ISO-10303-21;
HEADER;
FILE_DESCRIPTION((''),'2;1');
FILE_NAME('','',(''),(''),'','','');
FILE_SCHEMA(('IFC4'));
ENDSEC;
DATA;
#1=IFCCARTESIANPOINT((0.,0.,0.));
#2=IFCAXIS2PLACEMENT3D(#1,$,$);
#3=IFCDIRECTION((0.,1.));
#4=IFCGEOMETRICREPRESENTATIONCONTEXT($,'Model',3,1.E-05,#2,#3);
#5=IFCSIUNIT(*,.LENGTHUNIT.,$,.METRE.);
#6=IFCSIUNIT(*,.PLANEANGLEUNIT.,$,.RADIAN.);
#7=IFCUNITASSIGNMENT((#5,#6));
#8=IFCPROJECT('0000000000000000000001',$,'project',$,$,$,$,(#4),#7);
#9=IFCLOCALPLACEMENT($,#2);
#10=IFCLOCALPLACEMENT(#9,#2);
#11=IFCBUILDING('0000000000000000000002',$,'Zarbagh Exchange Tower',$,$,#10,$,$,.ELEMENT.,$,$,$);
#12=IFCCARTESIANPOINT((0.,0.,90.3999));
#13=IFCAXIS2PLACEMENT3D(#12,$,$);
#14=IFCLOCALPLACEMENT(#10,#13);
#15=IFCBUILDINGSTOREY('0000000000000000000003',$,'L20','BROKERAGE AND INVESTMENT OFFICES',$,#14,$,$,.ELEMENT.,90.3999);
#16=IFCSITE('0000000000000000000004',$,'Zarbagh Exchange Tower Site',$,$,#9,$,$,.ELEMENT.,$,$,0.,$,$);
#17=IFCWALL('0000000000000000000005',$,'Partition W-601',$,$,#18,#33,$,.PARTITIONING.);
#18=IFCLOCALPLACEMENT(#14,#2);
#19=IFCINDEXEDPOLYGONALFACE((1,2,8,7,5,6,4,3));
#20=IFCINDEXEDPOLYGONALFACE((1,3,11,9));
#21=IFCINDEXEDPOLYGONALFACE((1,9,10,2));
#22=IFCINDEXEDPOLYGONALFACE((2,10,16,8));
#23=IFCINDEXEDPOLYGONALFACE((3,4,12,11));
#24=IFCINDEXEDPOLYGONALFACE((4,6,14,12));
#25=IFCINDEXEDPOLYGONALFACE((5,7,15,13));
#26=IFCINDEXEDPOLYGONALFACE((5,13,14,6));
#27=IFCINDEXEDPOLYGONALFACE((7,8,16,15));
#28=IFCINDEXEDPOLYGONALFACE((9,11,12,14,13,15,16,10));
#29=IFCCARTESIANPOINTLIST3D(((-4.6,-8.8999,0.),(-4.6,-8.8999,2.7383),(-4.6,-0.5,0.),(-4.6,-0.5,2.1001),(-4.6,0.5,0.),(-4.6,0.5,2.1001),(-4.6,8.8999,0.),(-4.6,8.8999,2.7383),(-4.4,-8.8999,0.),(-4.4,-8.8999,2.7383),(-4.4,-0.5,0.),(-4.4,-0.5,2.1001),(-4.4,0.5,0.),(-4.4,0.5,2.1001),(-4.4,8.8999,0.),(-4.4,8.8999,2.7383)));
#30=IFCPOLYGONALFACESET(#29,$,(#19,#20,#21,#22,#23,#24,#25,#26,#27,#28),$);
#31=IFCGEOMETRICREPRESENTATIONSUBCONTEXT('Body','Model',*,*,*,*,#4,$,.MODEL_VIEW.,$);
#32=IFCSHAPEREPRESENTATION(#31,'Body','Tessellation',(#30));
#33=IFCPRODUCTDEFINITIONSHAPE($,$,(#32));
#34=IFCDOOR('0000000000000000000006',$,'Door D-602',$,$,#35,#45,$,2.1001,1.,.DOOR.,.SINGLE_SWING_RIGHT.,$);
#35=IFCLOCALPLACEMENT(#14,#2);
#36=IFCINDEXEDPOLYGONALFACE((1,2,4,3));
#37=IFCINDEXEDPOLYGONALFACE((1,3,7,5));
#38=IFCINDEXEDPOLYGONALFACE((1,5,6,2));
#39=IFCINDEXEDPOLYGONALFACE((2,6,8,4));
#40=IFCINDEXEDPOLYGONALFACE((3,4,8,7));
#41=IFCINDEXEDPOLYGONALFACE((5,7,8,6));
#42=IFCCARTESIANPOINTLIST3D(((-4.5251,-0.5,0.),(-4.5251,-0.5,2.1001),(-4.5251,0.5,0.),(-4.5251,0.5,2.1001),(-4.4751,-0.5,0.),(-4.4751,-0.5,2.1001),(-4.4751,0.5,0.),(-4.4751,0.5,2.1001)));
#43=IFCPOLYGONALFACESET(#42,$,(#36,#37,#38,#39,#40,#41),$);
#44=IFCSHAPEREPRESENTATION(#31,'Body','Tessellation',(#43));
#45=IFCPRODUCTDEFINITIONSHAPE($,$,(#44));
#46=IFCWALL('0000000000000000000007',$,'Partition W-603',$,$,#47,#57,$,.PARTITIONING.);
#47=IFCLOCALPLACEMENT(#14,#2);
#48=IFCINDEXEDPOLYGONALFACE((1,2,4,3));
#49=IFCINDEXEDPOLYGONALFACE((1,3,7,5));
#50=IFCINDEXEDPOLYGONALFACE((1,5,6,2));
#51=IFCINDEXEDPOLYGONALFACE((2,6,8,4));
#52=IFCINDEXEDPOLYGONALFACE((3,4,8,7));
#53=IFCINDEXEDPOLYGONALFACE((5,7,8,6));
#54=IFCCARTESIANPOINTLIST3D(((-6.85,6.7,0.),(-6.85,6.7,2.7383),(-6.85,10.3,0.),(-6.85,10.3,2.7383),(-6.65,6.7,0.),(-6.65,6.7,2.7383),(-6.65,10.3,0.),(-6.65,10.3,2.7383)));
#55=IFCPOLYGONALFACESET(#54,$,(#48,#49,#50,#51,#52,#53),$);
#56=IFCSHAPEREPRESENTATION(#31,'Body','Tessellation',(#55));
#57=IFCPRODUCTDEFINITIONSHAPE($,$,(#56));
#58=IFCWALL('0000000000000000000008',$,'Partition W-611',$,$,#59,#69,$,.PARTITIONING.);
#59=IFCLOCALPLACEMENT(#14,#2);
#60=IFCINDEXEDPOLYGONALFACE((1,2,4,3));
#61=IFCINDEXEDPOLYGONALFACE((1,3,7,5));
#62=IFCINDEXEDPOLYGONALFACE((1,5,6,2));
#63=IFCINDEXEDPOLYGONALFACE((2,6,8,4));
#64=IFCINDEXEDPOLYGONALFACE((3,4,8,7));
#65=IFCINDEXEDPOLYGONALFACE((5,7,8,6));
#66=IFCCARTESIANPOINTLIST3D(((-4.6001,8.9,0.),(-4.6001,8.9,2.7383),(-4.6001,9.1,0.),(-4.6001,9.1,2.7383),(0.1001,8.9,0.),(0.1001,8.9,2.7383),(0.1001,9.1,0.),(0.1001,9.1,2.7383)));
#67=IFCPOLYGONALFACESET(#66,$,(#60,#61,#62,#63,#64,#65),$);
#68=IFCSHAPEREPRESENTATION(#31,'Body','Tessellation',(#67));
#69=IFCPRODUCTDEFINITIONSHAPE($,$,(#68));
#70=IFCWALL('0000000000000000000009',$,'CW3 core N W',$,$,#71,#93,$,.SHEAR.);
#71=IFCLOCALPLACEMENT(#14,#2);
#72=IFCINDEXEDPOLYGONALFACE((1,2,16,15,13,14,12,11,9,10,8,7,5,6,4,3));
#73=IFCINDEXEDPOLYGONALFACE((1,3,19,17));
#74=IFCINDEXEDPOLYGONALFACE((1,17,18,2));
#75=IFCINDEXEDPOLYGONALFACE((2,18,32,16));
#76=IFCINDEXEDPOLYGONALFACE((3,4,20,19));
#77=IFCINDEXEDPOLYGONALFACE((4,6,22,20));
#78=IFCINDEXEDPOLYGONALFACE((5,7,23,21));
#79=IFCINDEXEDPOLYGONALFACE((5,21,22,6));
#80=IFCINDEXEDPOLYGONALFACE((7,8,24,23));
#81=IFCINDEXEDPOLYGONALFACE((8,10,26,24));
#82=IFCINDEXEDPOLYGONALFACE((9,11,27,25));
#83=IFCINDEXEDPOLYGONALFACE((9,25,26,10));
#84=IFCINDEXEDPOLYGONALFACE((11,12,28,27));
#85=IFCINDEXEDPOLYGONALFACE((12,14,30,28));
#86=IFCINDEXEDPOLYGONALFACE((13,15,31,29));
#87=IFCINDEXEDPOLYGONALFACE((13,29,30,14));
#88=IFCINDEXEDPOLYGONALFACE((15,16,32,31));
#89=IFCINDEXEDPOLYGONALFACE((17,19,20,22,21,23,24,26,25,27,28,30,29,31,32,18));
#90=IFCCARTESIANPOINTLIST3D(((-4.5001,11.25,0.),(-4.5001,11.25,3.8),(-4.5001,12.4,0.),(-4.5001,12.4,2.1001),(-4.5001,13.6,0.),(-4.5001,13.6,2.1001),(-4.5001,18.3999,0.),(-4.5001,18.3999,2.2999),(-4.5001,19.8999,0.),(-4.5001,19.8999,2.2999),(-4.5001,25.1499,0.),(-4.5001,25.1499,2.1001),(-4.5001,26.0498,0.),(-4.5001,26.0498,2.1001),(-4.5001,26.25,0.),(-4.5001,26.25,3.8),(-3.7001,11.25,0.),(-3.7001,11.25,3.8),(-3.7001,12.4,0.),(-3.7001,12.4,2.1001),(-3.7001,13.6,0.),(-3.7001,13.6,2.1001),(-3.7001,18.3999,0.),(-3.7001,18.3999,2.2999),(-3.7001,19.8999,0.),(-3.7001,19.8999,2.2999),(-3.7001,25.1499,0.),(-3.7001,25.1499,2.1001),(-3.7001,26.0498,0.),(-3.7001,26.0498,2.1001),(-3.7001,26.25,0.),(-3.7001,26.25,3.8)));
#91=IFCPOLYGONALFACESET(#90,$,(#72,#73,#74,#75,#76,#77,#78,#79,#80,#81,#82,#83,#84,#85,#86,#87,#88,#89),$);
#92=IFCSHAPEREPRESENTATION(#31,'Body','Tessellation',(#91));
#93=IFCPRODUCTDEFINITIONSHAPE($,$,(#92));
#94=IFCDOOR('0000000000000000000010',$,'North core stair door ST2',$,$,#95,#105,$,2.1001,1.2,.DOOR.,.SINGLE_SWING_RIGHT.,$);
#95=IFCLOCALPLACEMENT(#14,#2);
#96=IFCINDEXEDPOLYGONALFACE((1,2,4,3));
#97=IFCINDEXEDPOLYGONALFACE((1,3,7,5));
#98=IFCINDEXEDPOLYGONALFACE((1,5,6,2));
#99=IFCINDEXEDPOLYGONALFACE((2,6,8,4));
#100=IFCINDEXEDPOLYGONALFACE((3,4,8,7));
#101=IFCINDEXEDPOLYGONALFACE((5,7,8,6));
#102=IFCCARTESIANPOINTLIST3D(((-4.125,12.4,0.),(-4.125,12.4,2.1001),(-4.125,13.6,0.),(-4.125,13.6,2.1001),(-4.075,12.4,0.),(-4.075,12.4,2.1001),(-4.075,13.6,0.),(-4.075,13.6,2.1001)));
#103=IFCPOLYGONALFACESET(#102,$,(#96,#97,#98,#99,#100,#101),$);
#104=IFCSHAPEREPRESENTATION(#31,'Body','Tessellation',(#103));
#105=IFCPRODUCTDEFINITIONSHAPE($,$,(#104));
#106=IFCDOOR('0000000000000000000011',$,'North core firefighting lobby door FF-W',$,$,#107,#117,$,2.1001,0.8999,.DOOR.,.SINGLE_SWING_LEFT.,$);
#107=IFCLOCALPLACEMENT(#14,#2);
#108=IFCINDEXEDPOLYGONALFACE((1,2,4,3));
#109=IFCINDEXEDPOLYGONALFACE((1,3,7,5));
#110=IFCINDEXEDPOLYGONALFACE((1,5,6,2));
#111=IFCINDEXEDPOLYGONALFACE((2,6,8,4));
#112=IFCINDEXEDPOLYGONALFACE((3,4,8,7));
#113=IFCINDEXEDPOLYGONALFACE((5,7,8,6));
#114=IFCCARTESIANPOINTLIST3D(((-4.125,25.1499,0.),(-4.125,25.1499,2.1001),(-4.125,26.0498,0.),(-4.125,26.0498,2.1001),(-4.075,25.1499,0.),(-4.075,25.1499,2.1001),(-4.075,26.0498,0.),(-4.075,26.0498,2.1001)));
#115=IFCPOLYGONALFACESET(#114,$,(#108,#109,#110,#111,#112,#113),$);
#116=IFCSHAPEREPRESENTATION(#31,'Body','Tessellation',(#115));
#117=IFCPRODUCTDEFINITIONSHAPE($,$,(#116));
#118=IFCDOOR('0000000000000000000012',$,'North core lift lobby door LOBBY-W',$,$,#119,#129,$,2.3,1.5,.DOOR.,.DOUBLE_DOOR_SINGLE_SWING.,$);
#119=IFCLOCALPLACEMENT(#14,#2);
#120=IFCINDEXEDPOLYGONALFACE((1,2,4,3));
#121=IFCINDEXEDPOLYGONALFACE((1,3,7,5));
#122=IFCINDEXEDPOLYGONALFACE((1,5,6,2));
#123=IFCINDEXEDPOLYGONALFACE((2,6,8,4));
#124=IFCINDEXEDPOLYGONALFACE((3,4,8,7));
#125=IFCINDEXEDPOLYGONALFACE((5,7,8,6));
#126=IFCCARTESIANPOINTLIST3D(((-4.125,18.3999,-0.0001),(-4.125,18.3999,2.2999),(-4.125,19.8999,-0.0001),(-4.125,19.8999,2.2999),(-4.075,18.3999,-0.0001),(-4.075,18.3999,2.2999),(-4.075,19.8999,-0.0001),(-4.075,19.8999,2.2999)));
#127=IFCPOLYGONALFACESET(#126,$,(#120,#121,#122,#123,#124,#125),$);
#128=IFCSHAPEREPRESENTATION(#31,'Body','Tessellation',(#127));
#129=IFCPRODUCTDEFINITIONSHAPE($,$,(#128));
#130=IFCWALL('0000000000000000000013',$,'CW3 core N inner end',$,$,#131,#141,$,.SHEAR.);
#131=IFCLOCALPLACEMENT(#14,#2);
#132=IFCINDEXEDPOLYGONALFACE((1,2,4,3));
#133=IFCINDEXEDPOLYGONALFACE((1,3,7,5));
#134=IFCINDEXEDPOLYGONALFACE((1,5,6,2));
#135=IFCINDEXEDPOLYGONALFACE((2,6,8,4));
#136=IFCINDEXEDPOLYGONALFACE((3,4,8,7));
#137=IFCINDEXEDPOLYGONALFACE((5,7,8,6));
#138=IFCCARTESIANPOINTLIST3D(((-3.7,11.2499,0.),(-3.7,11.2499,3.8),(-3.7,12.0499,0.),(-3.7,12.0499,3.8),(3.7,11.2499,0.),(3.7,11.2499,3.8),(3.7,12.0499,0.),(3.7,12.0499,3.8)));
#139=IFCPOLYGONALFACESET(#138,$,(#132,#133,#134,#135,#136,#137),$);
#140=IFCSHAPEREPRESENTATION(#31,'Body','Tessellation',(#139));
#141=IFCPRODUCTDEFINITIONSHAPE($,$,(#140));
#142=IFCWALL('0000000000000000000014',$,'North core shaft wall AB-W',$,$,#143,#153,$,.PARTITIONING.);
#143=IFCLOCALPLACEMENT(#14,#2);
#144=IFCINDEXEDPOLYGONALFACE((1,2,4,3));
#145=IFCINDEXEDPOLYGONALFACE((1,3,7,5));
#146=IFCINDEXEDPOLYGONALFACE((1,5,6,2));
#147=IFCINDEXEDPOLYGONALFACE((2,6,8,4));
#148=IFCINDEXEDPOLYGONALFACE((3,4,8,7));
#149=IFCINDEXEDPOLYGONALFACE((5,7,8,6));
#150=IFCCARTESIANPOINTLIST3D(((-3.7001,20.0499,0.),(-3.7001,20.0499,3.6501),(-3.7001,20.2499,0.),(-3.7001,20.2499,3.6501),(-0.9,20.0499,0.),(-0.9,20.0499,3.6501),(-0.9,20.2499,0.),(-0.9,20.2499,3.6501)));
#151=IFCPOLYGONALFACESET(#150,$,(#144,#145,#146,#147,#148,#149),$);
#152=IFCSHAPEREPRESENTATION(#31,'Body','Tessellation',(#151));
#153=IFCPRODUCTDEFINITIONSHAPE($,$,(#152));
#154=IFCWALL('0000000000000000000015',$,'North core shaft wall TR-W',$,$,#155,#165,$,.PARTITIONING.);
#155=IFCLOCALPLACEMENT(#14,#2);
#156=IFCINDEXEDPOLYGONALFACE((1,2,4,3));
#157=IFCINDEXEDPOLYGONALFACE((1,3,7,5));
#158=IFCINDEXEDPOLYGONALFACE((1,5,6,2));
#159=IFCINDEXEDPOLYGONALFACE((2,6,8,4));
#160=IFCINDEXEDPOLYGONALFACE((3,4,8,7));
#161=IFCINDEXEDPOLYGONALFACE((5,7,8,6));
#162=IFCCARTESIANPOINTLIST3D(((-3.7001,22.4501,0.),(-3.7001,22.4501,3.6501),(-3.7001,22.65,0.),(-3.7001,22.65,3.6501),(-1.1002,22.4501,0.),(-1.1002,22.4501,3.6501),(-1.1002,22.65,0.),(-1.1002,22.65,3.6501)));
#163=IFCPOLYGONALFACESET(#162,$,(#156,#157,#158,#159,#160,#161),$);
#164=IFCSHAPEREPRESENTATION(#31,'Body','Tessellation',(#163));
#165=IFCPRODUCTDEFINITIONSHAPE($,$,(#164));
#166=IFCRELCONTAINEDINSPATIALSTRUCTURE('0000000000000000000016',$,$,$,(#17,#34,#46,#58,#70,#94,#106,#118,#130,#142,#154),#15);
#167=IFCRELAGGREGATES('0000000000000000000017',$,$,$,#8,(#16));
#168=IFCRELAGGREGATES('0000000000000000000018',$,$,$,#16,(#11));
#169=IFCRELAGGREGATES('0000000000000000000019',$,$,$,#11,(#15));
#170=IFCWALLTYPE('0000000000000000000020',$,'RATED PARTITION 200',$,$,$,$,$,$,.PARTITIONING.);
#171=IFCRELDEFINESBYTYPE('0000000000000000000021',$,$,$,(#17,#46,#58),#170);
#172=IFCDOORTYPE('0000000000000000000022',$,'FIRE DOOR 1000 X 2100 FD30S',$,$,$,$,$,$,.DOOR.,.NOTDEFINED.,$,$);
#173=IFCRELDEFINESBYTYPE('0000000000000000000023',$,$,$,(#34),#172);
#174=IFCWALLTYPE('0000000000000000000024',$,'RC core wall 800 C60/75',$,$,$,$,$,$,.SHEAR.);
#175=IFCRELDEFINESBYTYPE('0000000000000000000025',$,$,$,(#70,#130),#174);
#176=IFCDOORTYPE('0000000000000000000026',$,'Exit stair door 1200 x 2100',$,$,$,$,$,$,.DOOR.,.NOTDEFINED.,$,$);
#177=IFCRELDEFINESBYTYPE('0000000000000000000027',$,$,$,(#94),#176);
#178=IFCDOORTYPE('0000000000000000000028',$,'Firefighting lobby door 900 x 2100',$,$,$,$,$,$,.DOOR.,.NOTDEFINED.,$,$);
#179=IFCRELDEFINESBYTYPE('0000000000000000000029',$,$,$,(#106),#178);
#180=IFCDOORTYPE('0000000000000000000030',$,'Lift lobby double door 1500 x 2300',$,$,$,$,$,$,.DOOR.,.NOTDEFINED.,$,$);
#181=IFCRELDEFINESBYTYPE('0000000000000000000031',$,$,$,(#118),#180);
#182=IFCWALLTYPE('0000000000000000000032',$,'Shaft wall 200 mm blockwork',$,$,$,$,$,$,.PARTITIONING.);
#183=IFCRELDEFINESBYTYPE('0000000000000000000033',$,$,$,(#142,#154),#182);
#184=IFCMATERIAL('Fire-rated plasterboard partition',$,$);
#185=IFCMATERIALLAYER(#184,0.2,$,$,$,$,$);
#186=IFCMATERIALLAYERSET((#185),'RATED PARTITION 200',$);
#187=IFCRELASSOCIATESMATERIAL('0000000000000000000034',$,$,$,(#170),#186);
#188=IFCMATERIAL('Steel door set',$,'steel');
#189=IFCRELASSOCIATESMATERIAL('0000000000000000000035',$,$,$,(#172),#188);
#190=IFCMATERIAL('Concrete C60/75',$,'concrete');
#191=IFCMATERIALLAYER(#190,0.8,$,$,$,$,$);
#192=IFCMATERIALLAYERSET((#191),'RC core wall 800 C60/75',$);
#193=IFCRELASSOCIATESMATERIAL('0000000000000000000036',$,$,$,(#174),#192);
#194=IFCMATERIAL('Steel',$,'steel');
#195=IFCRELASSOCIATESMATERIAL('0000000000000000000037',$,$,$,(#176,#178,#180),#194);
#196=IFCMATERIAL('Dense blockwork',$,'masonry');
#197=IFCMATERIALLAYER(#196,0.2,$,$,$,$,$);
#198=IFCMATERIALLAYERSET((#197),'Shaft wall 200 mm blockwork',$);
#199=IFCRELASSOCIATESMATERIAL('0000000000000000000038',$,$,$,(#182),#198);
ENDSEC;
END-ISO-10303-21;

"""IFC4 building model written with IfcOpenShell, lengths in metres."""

from ifc_helpers import new_model, si_unit, direction, frame, frame_2d, origin, place, context, subcontext, project, spatial, rectangle, extrude, material, layer, layer_set, type_object, element, fill, save


model = new_model("IFC4")

# Units and contexts
model_context = context("Model", 3, precision=1e-05, world=origin(), true_north=direction((0.0, 1.0)))
body_context = subcontext(model_context, "Body", "Model", "MODEL_VIEW")
ifc_project = project(units=[si_unit("LENGTHUNIT", "METRE"), si_unit("PLANEANGLEUNIT", "RADIAN")], contexts=[model_context])

# Site, building, storey
site_placement = place(None, origin())
site = spatial("IfcSite", under=ifc_project, at=site_placement, Name="Zarbagh Exchange Tower Site", CompositionType="ELEMENT", RefElevation=0.0)
building_placement = place(site_placement, origin())
building = spatial("IfcBuilding", under=site, at=building_placement, Name="Zarbagh Exchange Tower", CompositionType="ELEMENT")
storey_placement = place(building_placement, frame((0.0, 0.0, 90.3999)))
storey = spatial("IfcBuildingStorey", under=building, at=storey_placement, Name="L20", Description="BROKERAGE AND INVESTMENT OFFICES", CompositionType="ELEMENT", Elevation=90.3999)

# Shared definitions
ifc_material_1 = material(Name="Concrete C60/75", Category="concrete")

# Wall, opening, door
ifc_material_2 = material(Name="Fire-rated plasterboard partition")
ifc_layer_1 = layer(ifc_material_2, 0.2)
ifc_layer_set_1 = layer_set([ifc_layer_1], Name="RATED PARTITION 200")
wall_type_1 = type_object("IfcWallType", Name="RATED PARTITION 200", PredefinedType="PARTITIONING", material=ifc_layer_set_1)
wall_1_placement = place(storey_placement, frame((-4.5, 8.8999, 0.0), z_axis=(0.0, 0.0, 1.0), x_axis=(0.0, -1.0, 0.0)))
wall_1 = element("IfcWall", 1, at=wall_1_placement, inside=storey, type_object=wall_type_1, Name="Partition W-601", PredefinedType="PARTITIONING", context=body_context, shape_type="SweptSolid", body=[
    extrude(rectangle(XDim=17.7998, YDim=0.2, at=frame_2d((8.8999, 0.0))), origin(), (0.0, 0.0, 1.0), 2.7383),
])
opening_1_placement = place(wall_1_placement, frame((8.3999, 0.0, 0.0)))
opening_1 = element("IfcOpeningElement", 2, at=opening_1_placement, cuts=wall_1, PredefinedType="OPENING", context=body_context, shape_type="SweptSolid", body=[
    extrude(rectangle(XDim=1.0, YDim=2.1001, at=frame_2d((0.5, 1.05))), frame((0.0, 0.1099, 0.0), z_axis=(0.0, -1.0, 0.0), x_axis=(1.0, 0.0, 0.0)), (0.0, 0.0, 1.0), 0.22),
])
ifc_material_3 = material(Name="Steel door set", Category="steel")
door_type_1 = type_object("IfcDoorType", Name="FIRE DOOR 1000 X 2100 FD30S", OperationType="NOTDEFINED", PredefinedType="DOOR", material=ifc_material_3)
door_1_placement = place(opening_1_placement, origin())
door_1 = element("IfcDoor", 3, at=door_1_placement, inside=storey, type_object=door_type_1, Name="Door D-602", OperationType="SINGLE_SWING_RIGHT", OverallHeight=2.1001, OverallWidth=1.0, PredefinedType="DOOR", context=body_context, shape_type="SweptSolid", body=[
    extrude(rectangle(XDim=1.0, YDim=2.1001, at=frame_2d((0.5, 1.05))), frame((0.0, 0.0249, 0.0), z_axis=(0.0, -1.0, 0.0), x_axis=(1.0, 0.0, 0.0)), (0.0, 0.0, 1.0), 0.05),
])
fill(opening_1, door_1)

# Walls
wall_2_placement = place(storey_placement, frame((-6.75, 6.7, 0.0), z_axis=(0.0, 0.0, 1.0), x_axis=(0.0, 1.0, 0.0)))
element("IfcWall", 4, at=wall_2_placement, inside=storey, type_object=wall_type_1, Name="Partition W-603", PredefinedType="PARTITIONING", context=body_context, shape_type="SweptSolid", body=[
    extrude(rectangle(XDim=3.6001, YDim=0.2, at=frame_2d((1.8, 0.0))), origin(), (0.0, 0.0, 1.0), 2.7383),
])
wall_3_placement = place(storey_placement, frame((-4.6001, 9.0, 0.0), z_axis=(0.0, 0.0, 1.0), x_axis=(1.0, 0.0, 0.0)))
element("IfcWall", 5, at=wall_3_placement, inside=storey, type_object=wall_type_1, Name="Partition W-611", PredefinedType="PARTITIONING", context=body_context, shape_type="SweptSolid", body=[
    extrude(rectangle(XDim=4.7002, YDim=0.2, at=frame_2d((2.3501, 0.0))), origin(), (0.0, 0.0, 1.0), 2.7383),
])

# Wall, openings, doors
ifc_layer_2 = layer(ifc_material_1, 0.8)
ifc_layer_set_2 = layer_set([ifc_layer_2], Name="RC core wall 800 C60/75")
wall_type_2 = type_object("IfcWallType", Name="RC core wall 800 C60/75", PredefinedType="SHEAR", material=ifc_layer_set_2)
wall_4_placement = place(storey_placement, frame((-4.1001, 11.25, 0.0), z_axis=(0.0, 0.0, 1.0), x_axis=(0.0, 1.0, 0.0)))
wall_4 = element("IfcWall", 6, at=wall_4_placement, inside=storey, type_object=wall_type_2, Name="CW3 core N W", PredefinedType="SHEAR", context=body_context, shape_type="SweptSolid", body=[
    extrude(rectangle(XDim=15.0, YDim=0.8, at=frame_2d((7.5, 0.0))), origin(), (0.0, 0.0, 1.0), 3.8),
])
opening_2_placement = place(wall_4_placement, frame((7.1499, 0.0, 0.0)))
opening_2 = element("IfcOpeningElement", 7, at=opening_2_placement, cuts=wall_4, PredefinedType="OPENING", context=body_context, shape_type="SweptSolid", body=[
    extrude(rectangle(XDim=1.5, YDim=2.3, at=frame_2d((0.75, 1.1499))), frame((0.0, 0.4099, 0.0), z_axis=(0.0, -1.0, 0.0), x_axis=(1.0, 0.0, 0.0)), (0.0, 0.0, 1.0), 0.8201),
])
opening_3_placement = place(wall_4_placement, frame((13.8999, 0.0, 0.0)))
opening_3 = element("IfcOpeningElement", 8, at=opening_3_placement, cuts=wall_4, PredefinedType="OPENING", context=body_context, shape_type="SweptSolid", body=[
    extrude(rectangle(XDim=0.8999, YDim=2.1001, at=frame_2d((0.45, 1.05))), frame((0.0, 0.4099, 0.0), z_axis=(0.0, -1.0, 0.0), x_axis=(1.0, 0.0, 0.0)), (0.0, 0.0, 1.0), 0.8201),
])
opening_4_placement = place(wall_4_placement, frame((1.1499, 0.0, 0.0)))
opening_4 = element("IfcOpeningElement", 9, at=opening_4_placement, cuts=wall_4, PredefinedType="OPENING", context=body_context, shape_type="SweptSolid", body=[
    extrude(rectangle(XDim=1.2, YDim=2.1001, at=frame_2d((0.6001, 1.05))), frame((0.0, 0.4099, 0.0), z_axis=(0.0, -1.0, 0.0), x_axis=(1.0, 0.0, 0.0)), (0.0, 0.0, 1.0), 0.8201),
])
ifc_material_4 = material(Name="Steel", Category="steel")
door_type_2 = type_object("IfcDoorType", Name="Exit stair door 1200 x 2100", OperationType="NOTDEFINED", PredefinedType="DOOR", material=ifc_material_4)
door_2_placement = place(opening_4_placement, origin())
door_2 = element("IfcDoor", 10, at=door_2_placement, inside=storey, type_object=door_type_2, Name="North core stair door ST2", OperationType="SINGLE_SWING_RIGHT", OverallHeight=2.1001, OverallWidth=1.2, PredefinedType="DOOR", context=body_context, shape_type="SweptSolid", body=[
    extrude(rectangle(XDim=1.2, YDim=2.1001, at=frame_2d((0.6001, 1.05))), frame((0.0, 0.0249, 0.0), z_axis=(0.0, -1.0, 0.0), x_axis=(1.0, 0.0, 0.0)), (0.0, 0.0, 1.0), 0.05),
])
fill(opening_4, door_2)
door_type_3 = type_object("IfcDoorType", Name="Firefighting lobby door 900 x 2100", OperationType="NOTDEFINED", PredefinedType="DOOR", material=ifc_material_4)
door_3_placement = place(opening_3_placement, origin())
door_3 = element("IfcDoor", 11, at=door_3_placement, inside=storey, type_object=door_type_3, Name="North core firefighting lobby door FF-W", OperationType="SINGLE_SWING_LEFT", OverallHeight=2.1001, OverallWidth=0.8999, PredefinedType="DOOR", context=body_context, shape_type="SweptSolid", body=[
    extrude(rectangle(XDim=0.8999, YDim=2.1001, at=frame_2d((0.45, 1.05))), frame((0.0, 0.0249, 0.0), z_axis=(0.0, -1.0, 0.0), x_axis=(1.0, 0.0, 0.0)), (0.0, 0.0, 1.0), 0.05),
])
fill(opening_3, door_3)
door_type_4 = type_object("IfcDoorType", Name="Lift lobby double door 1500 x 2300", OperationType="NOTDEFINED", PredefinedType="DOOR", material=ifc_material_4)
door_4_placement = place(opening_2_placement, origin())
door_4 = element("IfcDoor", 12, at=door_4_placement, inside=storey, type_object=door_type_4, Name="North core lift lobby door LOBBY-W", OperationType="DOUBLE_DOOR_SINGLE_SWING", OverallHeight=2.3, OverallWidth=1.5, PredefinedType="DOOR", context=body_context, shape_type="SweptSolid", body=[
    extrude(rectangle(XDim=1.5, YDim=2.3, at=frame_2d((0.75, 1.1499))), frame((0.0, 0.0249, 0.0), z_axis=(0.0, -1.0, 0.0), x_axis=(1.0, 0.0, 0.0)), (0.0, 0.0, 1.0), 0.05),
])
fill(opening_2, door_4)

# Walls
wall_5_placement = place(storey_placement, frame((-3.7, 11.6499, 0.0), z_axis=(0.0, 0.0, 1.0), x_axis=(1.0, 0.0, 0.0)))
element("IfcWall", 13, at=wall_5_placement, inside=storey, type_object=wall_type_2, Name="CW3 core N inner end", PredefinedType="SHEAR", context=body_context, shape_type="SweptSolid", body=[
    extrude(rectangle(XDim=7.3999, YDim=0.8, at=frame_2d((3.7, 0.0))), origin(), (0.0, 0.0, 1.0), 3.8),
])
ifc_material_5 = material(Name="Dense blockwork", Category="masonry")
ifc_layer_3 = layer(ifc_material_5, 0.2)
ifc_layer_set_3 = layer_set([ifc_layer_3], Name="Shaft wall 200 mm blockwork")
wall_type_3 = type_object("IfcWallType", Name="Shaft wall 200 mm blockwork", PredefinedType="PARTITIONING", material=ifc_layer_set_3)
wall_6_placement = place(storey_placement, frame((-3.7, 20.1499, 0.0), z_axis=(0.0, 0.0, 1.0), x_axis=(1.0, 0.0, 0.0)))
element("IfcWall", 14, at=wall_6_placement, inside=storey, type_object=wall_type_3, Name="North core shaft wall AB-W", PredefinedType="PARTITIONING", context=body_context, shape_type="SweptSolid", body=[
    extrude(rectangle(XDim=2.8, YDim=0.2, at=frame_2d((1.3999, 0.0))), origin(), (0.0, 0.0, 1.0), 3.6501),
])
wall_7_placement = place(storey_placement, frame((-3.7, 22.55, 0.0), z_axis=(0.0, 0.0, 1.0), x_axis=(1.0, 0.0, 0.0)))
element("IfcWall", 15, at=wall_7_placement, inside=storey, type_object=wall_type_3, Name="North core shaft wall TR-W", PredefinedType="PARTITIONING", context=body_context, shape_type="SweptSolid", body=[
    extrude(rectangle(XDim=2.5999, YDim=0.2, at=frame_2d((1.2998, 0.0))), origin(), (0.0, 0.0, 1.0), 3.6501),
])

save(model, "model.ifc")
